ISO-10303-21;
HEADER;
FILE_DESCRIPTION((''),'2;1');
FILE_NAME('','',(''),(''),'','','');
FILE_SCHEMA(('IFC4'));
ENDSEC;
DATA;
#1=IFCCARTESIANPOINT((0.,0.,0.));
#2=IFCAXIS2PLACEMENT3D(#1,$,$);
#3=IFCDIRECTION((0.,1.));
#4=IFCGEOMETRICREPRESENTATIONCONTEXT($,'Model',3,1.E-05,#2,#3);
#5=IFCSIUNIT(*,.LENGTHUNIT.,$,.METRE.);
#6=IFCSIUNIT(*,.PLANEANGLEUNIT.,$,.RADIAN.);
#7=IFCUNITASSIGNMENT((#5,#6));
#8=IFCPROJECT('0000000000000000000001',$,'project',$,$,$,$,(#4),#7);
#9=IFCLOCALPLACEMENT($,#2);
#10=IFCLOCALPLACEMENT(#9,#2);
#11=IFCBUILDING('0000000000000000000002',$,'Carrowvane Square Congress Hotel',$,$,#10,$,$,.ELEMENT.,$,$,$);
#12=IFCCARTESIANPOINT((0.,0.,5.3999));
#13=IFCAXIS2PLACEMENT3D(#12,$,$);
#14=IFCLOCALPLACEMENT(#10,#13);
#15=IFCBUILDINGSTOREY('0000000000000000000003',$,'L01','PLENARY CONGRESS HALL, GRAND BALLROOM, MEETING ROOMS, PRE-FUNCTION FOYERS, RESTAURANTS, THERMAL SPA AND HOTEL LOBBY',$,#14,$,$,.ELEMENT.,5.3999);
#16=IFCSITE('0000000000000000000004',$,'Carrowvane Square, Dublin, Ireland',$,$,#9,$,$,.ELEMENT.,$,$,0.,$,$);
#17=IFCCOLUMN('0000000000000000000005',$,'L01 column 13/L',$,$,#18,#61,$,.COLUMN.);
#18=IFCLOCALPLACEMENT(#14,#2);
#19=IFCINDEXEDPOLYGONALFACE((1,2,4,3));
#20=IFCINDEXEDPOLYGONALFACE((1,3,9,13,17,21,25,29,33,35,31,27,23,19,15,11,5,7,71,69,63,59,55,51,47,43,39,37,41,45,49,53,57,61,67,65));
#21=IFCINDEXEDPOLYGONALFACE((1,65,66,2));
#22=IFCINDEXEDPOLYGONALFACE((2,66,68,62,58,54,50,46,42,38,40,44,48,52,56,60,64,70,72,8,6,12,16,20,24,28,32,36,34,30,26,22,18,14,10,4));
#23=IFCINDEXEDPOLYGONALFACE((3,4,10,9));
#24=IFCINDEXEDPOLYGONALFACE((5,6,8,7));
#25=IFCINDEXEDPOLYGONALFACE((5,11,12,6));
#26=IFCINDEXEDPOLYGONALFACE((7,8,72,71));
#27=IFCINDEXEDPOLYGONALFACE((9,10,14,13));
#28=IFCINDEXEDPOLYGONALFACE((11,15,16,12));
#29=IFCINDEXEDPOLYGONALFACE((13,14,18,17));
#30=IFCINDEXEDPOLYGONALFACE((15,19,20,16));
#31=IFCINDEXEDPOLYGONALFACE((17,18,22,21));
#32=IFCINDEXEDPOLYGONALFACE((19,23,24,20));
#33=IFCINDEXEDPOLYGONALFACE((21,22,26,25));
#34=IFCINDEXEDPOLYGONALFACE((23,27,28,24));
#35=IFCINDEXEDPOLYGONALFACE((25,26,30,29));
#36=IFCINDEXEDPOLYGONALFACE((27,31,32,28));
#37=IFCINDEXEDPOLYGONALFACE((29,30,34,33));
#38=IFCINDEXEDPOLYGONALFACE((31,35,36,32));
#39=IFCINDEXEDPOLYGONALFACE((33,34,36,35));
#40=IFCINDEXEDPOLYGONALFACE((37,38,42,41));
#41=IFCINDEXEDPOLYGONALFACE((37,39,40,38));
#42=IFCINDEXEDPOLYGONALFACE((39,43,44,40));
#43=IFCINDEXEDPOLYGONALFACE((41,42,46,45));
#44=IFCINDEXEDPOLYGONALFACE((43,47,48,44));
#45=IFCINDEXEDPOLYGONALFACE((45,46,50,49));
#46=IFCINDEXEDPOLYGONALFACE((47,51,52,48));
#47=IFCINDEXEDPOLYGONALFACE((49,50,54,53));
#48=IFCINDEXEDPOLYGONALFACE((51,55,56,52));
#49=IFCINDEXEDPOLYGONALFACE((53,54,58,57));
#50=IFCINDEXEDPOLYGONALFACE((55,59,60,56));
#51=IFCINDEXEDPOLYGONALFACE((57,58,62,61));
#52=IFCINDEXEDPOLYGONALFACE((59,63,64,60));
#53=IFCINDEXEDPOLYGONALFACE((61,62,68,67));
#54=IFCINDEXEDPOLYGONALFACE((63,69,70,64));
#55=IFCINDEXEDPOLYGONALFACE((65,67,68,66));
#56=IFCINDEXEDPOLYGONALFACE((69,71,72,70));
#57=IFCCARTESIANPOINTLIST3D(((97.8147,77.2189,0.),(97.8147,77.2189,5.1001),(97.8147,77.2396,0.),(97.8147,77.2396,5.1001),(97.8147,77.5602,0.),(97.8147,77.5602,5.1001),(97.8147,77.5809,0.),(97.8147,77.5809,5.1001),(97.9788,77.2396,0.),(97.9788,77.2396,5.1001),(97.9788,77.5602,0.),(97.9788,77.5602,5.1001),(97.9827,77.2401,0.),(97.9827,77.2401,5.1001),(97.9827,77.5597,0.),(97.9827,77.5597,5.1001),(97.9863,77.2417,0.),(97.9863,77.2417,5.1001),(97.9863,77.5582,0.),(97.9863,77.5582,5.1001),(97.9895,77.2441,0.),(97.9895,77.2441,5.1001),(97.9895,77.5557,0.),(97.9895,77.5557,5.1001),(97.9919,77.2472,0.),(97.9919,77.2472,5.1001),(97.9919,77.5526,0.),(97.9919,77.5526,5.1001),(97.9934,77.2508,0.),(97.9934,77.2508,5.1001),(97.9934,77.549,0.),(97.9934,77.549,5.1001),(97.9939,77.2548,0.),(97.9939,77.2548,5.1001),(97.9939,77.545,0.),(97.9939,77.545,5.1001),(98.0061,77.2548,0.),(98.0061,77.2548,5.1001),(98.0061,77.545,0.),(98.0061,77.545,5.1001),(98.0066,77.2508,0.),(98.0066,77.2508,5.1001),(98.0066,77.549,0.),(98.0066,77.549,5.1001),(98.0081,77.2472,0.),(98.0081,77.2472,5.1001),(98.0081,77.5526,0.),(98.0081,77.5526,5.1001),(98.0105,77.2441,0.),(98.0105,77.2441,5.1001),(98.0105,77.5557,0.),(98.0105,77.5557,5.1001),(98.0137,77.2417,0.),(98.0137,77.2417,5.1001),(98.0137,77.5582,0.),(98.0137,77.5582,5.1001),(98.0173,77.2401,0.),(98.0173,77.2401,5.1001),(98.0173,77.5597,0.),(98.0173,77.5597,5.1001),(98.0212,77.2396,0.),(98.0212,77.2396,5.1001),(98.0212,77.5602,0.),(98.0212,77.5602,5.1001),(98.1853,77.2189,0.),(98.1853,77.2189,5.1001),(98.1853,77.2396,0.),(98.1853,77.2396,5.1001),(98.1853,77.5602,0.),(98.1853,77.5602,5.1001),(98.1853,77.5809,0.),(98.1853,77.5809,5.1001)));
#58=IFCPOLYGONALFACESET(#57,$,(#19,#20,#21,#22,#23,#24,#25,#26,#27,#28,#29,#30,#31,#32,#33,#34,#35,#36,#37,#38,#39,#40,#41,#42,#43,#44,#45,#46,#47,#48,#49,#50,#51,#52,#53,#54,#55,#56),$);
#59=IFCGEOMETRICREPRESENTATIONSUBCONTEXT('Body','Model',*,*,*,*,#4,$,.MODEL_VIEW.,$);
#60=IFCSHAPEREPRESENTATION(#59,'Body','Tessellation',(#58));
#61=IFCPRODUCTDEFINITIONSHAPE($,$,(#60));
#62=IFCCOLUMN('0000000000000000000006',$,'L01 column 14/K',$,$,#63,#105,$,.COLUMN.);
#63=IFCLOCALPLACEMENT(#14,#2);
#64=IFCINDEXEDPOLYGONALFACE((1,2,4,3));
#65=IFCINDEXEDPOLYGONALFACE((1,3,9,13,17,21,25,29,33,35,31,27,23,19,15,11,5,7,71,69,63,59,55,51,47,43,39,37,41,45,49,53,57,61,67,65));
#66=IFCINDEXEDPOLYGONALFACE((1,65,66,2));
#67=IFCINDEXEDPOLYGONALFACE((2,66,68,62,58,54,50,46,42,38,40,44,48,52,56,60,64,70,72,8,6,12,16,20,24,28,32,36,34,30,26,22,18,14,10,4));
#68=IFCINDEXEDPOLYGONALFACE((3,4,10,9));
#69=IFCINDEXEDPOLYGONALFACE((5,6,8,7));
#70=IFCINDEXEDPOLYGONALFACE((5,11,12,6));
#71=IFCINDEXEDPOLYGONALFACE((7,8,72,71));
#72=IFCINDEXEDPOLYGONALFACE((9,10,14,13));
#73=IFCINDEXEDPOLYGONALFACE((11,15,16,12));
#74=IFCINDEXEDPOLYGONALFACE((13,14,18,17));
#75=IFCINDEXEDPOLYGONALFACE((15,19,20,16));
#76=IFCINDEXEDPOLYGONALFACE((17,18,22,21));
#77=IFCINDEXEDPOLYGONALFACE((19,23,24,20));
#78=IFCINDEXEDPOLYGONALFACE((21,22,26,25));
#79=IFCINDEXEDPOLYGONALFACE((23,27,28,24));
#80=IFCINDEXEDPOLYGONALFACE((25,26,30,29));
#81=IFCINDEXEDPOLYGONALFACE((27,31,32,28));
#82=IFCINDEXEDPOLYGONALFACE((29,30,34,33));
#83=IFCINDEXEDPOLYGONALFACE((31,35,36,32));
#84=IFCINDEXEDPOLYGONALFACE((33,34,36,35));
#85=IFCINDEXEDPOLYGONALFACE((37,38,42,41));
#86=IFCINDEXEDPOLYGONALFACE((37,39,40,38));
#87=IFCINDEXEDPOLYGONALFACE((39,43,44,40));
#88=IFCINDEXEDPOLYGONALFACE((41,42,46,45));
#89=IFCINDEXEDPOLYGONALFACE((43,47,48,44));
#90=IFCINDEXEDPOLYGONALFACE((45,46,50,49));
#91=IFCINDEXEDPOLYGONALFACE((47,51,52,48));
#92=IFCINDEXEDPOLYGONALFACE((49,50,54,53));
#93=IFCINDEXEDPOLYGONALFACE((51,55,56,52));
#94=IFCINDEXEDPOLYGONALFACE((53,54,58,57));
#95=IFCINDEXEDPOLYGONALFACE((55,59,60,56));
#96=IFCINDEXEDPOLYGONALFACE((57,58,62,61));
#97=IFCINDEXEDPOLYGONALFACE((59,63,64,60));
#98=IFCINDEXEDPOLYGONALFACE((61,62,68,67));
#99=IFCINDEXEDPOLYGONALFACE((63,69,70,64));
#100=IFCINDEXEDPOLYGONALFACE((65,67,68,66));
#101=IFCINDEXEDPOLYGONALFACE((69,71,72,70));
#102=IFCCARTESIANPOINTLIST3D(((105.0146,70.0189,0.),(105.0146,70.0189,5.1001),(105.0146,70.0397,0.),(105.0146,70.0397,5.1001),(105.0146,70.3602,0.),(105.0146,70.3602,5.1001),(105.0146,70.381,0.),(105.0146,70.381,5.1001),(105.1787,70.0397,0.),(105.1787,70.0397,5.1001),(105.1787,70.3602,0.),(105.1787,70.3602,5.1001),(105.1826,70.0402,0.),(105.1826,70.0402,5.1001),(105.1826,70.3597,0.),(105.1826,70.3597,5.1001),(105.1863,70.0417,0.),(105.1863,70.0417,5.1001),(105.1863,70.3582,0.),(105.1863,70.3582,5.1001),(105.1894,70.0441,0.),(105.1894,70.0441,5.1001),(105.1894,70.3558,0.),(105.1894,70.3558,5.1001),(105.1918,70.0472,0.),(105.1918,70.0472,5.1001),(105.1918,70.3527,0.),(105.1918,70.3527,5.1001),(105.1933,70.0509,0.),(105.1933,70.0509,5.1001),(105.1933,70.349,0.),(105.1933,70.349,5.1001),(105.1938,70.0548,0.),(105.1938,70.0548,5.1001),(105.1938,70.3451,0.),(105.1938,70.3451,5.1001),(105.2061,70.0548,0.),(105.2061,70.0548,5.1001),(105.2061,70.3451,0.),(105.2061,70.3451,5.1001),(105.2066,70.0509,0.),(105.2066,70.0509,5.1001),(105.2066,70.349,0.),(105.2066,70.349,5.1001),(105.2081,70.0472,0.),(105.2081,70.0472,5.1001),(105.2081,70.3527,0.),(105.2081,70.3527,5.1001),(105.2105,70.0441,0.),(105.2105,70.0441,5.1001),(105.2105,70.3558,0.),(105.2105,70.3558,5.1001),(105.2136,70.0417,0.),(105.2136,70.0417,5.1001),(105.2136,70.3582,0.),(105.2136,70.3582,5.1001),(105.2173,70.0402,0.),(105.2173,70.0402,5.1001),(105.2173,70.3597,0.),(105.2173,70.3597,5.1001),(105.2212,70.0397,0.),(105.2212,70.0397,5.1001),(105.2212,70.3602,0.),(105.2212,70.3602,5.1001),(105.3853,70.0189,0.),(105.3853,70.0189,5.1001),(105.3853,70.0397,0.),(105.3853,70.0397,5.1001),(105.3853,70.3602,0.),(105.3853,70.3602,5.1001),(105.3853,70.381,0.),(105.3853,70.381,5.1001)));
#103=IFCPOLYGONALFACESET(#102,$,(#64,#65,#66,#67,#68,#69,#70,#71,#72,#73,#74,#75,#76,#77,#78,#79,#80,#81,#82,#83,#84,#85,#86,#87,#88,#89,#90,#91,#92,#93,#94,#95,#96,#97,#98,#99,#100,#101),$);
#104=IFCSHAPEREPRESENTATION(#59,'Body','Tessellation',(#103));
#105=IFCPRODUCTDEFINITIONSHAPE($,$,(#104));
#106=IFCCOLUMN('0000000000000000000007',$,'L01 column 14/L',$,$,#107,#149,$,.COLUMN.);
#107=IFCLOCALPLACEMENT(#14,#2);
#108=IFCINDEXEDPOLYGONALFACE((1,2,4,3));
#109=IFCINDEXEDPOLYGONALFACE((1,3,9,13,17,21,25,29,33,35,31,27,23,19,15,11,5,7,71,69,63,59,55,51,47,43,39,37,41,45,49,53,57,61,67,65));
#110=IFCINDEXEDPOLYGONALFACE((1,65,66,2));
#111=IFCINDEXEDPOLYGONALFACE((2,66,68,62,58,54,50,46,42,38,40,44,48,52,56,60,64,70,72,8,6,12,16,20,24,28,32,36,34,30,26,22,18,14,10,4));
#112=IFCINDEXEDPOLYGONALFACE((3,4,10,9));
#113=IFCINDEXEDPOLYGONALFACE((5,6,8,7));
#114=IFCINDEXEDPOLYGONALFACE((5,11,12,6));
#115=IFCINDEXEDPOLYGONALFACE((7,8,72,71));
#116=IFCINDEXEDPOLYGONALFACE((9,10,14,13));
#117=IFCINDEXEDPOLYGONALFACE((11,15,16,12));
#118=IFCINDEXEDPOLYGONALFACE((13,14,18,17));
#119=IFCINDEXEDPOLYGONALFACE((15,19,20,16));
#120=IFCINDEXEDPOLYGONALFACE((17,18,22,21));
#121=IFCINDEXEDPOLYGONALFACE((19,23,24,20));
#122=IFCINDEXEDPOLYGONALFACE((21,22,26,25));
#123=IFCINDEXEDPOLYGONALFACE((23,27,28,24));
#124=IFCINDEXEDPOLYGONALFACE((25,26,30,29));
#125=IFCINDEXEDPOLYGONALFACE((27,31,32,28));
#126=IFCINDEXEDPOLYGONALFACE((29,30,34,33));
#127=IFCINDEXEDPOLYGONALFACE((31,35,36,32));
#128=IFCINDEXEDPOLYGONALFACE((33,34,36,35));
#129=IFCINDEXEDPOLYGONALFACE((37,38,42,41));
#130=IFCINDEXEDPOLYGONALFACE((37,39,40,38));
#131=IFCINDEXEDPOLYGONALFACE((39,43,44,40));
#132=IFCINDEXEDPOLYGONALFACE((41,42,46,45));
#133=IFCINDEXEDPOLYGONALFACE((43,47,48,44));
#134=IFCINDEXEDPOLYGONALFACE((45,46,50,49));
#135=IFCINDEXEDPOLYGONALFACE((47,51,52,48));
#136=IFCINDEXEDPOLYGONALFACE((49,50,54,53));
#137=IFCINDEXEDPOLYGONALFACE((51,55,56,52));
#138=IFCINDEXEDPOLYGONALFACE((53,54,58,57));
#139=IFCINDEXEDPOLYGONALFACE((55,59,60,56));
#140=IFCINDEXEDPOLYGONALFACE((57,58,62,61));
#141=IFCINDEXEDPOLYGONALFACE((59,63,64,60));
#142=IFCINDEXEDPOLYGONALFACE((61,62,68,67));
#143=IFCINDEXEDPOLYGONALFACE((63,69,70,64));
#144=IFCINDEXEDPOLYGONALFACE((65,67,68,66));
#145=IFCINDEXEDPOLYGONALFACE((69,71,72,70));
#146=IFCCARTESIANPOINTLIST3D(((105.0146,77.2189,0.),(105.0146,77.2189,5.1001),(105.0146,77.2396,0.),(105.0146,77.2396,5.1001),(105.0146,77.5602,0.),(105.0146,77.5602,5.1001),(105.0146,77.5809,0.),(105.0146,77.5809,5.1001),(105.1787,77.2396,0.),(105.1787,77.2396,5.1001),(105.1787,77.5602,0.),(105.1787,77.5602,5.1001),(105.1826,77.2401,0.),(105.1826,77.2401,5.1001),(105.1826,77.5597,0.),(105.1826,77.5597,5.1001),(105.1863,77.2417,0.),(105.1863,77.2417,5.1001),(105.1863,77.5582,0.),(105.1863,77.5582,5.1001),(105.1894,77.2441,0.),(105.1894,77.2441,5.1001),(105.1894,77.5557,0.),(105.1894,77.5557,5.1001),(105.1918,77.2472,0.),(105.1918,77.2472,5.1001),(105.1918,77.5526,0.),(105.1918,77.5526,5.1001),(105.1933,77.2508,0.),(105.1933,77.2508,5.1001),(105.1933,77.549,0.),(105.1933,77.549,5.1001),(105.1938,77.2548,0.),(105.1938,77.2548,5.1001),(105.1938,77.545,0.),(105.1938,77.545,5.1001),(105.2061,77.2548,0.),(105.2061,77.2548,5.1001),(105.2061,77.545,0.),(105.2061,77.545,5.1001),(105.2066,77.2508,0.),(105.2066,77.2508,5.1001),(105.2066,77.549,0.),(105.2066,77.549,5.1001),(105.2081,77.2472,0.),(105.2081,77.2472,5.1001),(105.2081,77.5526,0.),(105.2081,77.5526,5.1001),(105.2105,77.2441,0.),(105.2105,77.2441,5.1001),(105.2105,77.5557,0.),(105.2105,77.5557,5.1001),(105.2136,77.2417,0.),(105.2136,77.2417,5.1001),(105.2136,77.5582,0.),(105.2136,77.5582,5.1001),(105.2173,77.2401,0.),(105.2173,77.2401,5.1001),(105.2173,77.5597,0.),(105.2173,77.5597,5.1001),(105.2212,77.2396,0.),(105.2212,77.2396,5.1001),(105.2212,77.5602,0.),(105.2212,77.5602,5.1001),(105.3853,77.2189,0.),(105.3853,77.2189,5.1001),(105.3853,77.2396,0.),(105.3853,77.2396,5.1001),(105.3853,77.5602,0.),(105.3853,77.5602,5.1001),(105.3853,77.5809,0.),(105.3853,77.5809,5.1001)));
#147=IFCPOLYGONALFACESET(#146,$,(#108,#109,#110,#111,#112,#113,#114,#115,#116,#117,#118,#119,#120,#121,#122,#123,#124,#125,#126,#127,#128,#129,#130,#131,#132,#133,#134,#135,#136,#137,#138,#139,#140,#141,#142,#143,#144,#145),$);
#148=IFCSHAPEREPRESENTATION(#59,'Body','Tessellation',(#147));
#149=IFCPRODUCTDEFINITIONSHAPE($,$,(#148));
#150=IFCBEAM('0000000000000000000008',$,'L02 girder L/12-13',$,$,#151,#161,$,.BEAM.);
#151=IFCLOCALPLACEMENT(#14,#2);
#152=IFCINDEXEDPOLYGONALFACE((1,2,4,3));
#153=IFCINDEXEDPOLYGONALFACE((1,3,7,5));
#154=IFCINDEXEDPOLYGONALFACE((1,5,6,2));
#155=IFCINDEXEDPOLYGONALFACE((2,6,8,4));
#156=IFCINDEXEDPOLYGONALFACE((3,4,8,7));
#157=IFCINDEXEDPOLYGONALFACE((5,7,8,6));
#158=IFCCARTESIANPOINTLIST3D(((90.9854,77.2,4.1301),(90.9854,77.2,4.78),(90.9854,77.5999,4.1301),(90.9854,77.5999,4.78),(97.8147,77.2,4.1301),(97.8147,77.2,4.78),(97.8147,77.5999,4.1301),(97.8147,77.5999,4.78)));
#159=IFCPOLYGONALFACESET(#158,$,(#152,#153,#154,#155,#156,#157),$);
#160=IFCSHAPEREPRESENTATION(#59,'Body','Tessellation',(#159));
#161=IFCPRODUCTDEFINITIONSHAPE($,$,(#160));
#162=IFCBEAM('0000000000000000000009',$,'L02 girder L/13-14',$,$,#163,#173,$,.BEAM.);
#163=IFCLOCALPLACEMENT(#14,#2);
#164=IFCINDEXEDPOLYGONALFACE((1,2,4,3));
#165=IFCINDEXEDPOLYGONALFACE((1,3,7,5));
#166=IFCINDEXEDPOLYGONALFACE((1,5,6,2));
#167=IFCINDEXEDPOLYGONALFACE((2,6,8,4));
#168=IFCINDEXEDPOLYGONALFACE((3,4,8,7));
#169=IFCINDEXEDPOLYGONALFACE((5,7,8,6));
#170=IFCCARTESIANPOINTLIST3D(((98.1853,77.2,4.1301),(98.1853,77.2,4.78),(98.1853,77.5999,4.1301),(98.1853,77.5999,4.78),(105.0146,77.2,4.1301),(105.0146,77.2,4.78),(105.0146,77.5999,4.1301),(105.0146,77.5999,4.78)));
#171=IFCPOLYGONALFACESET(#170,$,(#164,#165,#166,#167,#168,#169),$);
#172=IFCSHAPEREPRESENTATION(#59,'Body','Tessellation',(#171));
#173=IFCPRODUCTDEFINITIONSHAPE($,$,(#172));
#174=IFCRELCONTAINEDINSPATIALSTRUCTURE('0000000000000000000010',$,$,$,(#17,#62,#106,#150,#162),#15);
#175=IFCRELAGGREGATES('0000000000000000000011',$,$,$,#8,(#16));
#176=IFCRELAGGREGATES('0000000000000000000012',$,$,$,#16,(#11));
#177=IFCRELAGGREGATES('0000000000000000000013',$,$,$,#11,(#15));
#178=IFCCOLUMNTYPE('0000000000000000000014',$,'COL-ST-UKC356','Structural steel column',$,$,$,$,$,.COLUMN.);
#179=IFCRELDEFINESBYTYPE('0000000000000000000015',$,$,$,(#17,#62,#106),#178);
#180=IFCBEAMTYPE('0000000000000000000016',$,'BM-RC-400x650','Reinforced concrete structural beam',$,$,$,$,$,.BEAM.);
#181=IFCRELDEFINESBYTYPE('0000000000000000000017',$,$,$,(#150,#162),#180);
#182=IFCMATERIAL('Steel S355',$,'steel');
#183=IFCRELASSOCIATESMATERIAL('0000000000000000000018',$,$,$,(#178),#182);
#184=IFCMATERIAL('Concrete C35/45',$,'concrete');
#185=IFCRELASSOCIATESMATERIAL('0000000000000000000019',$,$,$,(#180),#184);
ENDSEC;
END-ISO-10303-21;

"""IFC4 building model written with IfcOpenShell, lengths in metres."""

from ifc_helpers import new_model, si_unit, direction, frame, origin, origin_2d, place, context, subcontext, project, spatial, rectangle, i_section, extrude, material, material_profile, profile_set, type_object, element, save


model = new_model("IFC4")

# Units and contexts
model_context = context("Model", 3, precision=1e-05, world=origin(), true_north=direction((0.0, 1.0)))
body_context = subcontext(model_context, "Body", "Model", "MODEL_VIEW")
ifc_project = project(units=[si_unit("LENGTHUNIT", "METRE"), si_unit("PLANEANGLEUNIT", "RADIAN")], contexts=[model_context])

# Site, building, storey
site_placement = place(None, origin())
site = spatial("IfcSite", under=ifc_project, at=site_placement, Name="Carrowvane Square, Dublin, Ireland", CompositionType="ELEMENT", RefElevation=0.0)
building_placement = place(site_placement, origin())
building = spatial("IfcBuilding", under=site, at=building_placement, Name="Carrowvane Square Congress Hotel", CompositionType="ELEMENT")
storey_placement = place(building_placement, frame((0.0, 0.0, 5.3999)))
storey = spatial("IfcBuildingStorey", under=building, at=storey_placement, Name="L01", Description="PLENARY CONGRESS HALL, GRAND BALLROOM, MEETING ROOMS, PRE-FUNCTION FOYERS, RESTAURANTS, THERMAL SPA AND HOTEL LOBBY", CompositionType="ELEMENT", Elevation=5.3999)

# Columns
ifc_material_1 = material(Name="Steel S355", Category="steel")
ifc_material_profile_1 = material_profile(ifc_material_1, i_section(OverallWidth=0.3706, OverallDepth=0.3621, WebThickness=0.0122, FlangeThickness=0.0208, FilletRadius=0.0151, at=origin_2d()), Name="UKC 356x368x153")
ifc_profile_set_1 = profile_set([ifc_material_profile_1], Name="Steel S355")
column_type = type_object("IfcColumnType", Name="COL-ST-UKC356", Description="Structural steel column", PredefinedType="COLUMN", material=ifc_profile_set_1)
for number, where, z_axis, x_axis, name in (
    (1, (98.0, 77.3999, 0.0), (0.0, 0.0, 1.0), (1.0, 0.0, 0.0), "L01 column 13/L"),
    (2, (105.2, 70.2, 0.0), (0.0, 0.0, 1.0), (1.0, 0.0, 0.0), "L01 column 14/K"),
    (3, (105.2, 77.3999, 0.0), (0.0, 0.0, 1.0), (1.0, 0.0, 0.0), "L01 column 14/L"),
):
    element("IfcColumn", number, at=place(storey_placement, frame(where, z_axis=z_axis, x_axis=x_axis)), inside=storey, type_object=column_type, Name=name, PredefinedType="COLUMN", context=body_context, shape_type="SweptSolid", body=[
        extrude(i_section(OverallWidth=0.3706, OverallDepth=0.3621, WebThickness=0.0122, FlangeThickness=0.0208, FilletRadius=0.0151, at=origin_2d()), origin(), (0.0, 0.0, 1.0), 5.1001),
    ])

# Beams
ifc_material_2 = material(Name="Concrete C35/45", Category="concrete")
ifc_material_profile_2 = material_profile(ifc_material_2, rectangle(XDim=0.3999, YDim=0.6499, at=origin_2d()), Name="RC 400x650")
ifc_profile_set_2 = profile_set([ifc_material_profile_2], Name="Concrete C35/45")
beam_type_1 = type_object("IfcBeamType", Name="BM-RC-400x650", Description="Reinforced concrete structural beam", PredefinedType="BEAM", material=ifc_profile_set_2)
for number, where, z_axis, x_axis, name in (
    (4, (90.9854, 77.3999, 4.4551), (1.0, 0.0, 0.0), (0.0, 1.0, 0.0), "L02 girder L/12-13"),
    (5, (98.1853, 77.3999, 4.4551), (1.0, 0.0, 0.0), (0.0, 1.0, 0.0), "L02 girder L/13-14"),
):
    element("IfcBeam", number, at=place(storey_placement, frame(where, z_axis=z_axis, x_axis=x_axis)), inside=storey, type_object=beam_type_1, Name=name, PredefinedType="BEAM", context=body_context, shape_type="SweptSolid", body=[
        extrude(rectangle(XDim=0.3999, YDim=0.6499, at=origin_2d()), origin(), (0.0, 0.0, 1.0), 6.8293),
    ])

save(model, "model.ifc")
